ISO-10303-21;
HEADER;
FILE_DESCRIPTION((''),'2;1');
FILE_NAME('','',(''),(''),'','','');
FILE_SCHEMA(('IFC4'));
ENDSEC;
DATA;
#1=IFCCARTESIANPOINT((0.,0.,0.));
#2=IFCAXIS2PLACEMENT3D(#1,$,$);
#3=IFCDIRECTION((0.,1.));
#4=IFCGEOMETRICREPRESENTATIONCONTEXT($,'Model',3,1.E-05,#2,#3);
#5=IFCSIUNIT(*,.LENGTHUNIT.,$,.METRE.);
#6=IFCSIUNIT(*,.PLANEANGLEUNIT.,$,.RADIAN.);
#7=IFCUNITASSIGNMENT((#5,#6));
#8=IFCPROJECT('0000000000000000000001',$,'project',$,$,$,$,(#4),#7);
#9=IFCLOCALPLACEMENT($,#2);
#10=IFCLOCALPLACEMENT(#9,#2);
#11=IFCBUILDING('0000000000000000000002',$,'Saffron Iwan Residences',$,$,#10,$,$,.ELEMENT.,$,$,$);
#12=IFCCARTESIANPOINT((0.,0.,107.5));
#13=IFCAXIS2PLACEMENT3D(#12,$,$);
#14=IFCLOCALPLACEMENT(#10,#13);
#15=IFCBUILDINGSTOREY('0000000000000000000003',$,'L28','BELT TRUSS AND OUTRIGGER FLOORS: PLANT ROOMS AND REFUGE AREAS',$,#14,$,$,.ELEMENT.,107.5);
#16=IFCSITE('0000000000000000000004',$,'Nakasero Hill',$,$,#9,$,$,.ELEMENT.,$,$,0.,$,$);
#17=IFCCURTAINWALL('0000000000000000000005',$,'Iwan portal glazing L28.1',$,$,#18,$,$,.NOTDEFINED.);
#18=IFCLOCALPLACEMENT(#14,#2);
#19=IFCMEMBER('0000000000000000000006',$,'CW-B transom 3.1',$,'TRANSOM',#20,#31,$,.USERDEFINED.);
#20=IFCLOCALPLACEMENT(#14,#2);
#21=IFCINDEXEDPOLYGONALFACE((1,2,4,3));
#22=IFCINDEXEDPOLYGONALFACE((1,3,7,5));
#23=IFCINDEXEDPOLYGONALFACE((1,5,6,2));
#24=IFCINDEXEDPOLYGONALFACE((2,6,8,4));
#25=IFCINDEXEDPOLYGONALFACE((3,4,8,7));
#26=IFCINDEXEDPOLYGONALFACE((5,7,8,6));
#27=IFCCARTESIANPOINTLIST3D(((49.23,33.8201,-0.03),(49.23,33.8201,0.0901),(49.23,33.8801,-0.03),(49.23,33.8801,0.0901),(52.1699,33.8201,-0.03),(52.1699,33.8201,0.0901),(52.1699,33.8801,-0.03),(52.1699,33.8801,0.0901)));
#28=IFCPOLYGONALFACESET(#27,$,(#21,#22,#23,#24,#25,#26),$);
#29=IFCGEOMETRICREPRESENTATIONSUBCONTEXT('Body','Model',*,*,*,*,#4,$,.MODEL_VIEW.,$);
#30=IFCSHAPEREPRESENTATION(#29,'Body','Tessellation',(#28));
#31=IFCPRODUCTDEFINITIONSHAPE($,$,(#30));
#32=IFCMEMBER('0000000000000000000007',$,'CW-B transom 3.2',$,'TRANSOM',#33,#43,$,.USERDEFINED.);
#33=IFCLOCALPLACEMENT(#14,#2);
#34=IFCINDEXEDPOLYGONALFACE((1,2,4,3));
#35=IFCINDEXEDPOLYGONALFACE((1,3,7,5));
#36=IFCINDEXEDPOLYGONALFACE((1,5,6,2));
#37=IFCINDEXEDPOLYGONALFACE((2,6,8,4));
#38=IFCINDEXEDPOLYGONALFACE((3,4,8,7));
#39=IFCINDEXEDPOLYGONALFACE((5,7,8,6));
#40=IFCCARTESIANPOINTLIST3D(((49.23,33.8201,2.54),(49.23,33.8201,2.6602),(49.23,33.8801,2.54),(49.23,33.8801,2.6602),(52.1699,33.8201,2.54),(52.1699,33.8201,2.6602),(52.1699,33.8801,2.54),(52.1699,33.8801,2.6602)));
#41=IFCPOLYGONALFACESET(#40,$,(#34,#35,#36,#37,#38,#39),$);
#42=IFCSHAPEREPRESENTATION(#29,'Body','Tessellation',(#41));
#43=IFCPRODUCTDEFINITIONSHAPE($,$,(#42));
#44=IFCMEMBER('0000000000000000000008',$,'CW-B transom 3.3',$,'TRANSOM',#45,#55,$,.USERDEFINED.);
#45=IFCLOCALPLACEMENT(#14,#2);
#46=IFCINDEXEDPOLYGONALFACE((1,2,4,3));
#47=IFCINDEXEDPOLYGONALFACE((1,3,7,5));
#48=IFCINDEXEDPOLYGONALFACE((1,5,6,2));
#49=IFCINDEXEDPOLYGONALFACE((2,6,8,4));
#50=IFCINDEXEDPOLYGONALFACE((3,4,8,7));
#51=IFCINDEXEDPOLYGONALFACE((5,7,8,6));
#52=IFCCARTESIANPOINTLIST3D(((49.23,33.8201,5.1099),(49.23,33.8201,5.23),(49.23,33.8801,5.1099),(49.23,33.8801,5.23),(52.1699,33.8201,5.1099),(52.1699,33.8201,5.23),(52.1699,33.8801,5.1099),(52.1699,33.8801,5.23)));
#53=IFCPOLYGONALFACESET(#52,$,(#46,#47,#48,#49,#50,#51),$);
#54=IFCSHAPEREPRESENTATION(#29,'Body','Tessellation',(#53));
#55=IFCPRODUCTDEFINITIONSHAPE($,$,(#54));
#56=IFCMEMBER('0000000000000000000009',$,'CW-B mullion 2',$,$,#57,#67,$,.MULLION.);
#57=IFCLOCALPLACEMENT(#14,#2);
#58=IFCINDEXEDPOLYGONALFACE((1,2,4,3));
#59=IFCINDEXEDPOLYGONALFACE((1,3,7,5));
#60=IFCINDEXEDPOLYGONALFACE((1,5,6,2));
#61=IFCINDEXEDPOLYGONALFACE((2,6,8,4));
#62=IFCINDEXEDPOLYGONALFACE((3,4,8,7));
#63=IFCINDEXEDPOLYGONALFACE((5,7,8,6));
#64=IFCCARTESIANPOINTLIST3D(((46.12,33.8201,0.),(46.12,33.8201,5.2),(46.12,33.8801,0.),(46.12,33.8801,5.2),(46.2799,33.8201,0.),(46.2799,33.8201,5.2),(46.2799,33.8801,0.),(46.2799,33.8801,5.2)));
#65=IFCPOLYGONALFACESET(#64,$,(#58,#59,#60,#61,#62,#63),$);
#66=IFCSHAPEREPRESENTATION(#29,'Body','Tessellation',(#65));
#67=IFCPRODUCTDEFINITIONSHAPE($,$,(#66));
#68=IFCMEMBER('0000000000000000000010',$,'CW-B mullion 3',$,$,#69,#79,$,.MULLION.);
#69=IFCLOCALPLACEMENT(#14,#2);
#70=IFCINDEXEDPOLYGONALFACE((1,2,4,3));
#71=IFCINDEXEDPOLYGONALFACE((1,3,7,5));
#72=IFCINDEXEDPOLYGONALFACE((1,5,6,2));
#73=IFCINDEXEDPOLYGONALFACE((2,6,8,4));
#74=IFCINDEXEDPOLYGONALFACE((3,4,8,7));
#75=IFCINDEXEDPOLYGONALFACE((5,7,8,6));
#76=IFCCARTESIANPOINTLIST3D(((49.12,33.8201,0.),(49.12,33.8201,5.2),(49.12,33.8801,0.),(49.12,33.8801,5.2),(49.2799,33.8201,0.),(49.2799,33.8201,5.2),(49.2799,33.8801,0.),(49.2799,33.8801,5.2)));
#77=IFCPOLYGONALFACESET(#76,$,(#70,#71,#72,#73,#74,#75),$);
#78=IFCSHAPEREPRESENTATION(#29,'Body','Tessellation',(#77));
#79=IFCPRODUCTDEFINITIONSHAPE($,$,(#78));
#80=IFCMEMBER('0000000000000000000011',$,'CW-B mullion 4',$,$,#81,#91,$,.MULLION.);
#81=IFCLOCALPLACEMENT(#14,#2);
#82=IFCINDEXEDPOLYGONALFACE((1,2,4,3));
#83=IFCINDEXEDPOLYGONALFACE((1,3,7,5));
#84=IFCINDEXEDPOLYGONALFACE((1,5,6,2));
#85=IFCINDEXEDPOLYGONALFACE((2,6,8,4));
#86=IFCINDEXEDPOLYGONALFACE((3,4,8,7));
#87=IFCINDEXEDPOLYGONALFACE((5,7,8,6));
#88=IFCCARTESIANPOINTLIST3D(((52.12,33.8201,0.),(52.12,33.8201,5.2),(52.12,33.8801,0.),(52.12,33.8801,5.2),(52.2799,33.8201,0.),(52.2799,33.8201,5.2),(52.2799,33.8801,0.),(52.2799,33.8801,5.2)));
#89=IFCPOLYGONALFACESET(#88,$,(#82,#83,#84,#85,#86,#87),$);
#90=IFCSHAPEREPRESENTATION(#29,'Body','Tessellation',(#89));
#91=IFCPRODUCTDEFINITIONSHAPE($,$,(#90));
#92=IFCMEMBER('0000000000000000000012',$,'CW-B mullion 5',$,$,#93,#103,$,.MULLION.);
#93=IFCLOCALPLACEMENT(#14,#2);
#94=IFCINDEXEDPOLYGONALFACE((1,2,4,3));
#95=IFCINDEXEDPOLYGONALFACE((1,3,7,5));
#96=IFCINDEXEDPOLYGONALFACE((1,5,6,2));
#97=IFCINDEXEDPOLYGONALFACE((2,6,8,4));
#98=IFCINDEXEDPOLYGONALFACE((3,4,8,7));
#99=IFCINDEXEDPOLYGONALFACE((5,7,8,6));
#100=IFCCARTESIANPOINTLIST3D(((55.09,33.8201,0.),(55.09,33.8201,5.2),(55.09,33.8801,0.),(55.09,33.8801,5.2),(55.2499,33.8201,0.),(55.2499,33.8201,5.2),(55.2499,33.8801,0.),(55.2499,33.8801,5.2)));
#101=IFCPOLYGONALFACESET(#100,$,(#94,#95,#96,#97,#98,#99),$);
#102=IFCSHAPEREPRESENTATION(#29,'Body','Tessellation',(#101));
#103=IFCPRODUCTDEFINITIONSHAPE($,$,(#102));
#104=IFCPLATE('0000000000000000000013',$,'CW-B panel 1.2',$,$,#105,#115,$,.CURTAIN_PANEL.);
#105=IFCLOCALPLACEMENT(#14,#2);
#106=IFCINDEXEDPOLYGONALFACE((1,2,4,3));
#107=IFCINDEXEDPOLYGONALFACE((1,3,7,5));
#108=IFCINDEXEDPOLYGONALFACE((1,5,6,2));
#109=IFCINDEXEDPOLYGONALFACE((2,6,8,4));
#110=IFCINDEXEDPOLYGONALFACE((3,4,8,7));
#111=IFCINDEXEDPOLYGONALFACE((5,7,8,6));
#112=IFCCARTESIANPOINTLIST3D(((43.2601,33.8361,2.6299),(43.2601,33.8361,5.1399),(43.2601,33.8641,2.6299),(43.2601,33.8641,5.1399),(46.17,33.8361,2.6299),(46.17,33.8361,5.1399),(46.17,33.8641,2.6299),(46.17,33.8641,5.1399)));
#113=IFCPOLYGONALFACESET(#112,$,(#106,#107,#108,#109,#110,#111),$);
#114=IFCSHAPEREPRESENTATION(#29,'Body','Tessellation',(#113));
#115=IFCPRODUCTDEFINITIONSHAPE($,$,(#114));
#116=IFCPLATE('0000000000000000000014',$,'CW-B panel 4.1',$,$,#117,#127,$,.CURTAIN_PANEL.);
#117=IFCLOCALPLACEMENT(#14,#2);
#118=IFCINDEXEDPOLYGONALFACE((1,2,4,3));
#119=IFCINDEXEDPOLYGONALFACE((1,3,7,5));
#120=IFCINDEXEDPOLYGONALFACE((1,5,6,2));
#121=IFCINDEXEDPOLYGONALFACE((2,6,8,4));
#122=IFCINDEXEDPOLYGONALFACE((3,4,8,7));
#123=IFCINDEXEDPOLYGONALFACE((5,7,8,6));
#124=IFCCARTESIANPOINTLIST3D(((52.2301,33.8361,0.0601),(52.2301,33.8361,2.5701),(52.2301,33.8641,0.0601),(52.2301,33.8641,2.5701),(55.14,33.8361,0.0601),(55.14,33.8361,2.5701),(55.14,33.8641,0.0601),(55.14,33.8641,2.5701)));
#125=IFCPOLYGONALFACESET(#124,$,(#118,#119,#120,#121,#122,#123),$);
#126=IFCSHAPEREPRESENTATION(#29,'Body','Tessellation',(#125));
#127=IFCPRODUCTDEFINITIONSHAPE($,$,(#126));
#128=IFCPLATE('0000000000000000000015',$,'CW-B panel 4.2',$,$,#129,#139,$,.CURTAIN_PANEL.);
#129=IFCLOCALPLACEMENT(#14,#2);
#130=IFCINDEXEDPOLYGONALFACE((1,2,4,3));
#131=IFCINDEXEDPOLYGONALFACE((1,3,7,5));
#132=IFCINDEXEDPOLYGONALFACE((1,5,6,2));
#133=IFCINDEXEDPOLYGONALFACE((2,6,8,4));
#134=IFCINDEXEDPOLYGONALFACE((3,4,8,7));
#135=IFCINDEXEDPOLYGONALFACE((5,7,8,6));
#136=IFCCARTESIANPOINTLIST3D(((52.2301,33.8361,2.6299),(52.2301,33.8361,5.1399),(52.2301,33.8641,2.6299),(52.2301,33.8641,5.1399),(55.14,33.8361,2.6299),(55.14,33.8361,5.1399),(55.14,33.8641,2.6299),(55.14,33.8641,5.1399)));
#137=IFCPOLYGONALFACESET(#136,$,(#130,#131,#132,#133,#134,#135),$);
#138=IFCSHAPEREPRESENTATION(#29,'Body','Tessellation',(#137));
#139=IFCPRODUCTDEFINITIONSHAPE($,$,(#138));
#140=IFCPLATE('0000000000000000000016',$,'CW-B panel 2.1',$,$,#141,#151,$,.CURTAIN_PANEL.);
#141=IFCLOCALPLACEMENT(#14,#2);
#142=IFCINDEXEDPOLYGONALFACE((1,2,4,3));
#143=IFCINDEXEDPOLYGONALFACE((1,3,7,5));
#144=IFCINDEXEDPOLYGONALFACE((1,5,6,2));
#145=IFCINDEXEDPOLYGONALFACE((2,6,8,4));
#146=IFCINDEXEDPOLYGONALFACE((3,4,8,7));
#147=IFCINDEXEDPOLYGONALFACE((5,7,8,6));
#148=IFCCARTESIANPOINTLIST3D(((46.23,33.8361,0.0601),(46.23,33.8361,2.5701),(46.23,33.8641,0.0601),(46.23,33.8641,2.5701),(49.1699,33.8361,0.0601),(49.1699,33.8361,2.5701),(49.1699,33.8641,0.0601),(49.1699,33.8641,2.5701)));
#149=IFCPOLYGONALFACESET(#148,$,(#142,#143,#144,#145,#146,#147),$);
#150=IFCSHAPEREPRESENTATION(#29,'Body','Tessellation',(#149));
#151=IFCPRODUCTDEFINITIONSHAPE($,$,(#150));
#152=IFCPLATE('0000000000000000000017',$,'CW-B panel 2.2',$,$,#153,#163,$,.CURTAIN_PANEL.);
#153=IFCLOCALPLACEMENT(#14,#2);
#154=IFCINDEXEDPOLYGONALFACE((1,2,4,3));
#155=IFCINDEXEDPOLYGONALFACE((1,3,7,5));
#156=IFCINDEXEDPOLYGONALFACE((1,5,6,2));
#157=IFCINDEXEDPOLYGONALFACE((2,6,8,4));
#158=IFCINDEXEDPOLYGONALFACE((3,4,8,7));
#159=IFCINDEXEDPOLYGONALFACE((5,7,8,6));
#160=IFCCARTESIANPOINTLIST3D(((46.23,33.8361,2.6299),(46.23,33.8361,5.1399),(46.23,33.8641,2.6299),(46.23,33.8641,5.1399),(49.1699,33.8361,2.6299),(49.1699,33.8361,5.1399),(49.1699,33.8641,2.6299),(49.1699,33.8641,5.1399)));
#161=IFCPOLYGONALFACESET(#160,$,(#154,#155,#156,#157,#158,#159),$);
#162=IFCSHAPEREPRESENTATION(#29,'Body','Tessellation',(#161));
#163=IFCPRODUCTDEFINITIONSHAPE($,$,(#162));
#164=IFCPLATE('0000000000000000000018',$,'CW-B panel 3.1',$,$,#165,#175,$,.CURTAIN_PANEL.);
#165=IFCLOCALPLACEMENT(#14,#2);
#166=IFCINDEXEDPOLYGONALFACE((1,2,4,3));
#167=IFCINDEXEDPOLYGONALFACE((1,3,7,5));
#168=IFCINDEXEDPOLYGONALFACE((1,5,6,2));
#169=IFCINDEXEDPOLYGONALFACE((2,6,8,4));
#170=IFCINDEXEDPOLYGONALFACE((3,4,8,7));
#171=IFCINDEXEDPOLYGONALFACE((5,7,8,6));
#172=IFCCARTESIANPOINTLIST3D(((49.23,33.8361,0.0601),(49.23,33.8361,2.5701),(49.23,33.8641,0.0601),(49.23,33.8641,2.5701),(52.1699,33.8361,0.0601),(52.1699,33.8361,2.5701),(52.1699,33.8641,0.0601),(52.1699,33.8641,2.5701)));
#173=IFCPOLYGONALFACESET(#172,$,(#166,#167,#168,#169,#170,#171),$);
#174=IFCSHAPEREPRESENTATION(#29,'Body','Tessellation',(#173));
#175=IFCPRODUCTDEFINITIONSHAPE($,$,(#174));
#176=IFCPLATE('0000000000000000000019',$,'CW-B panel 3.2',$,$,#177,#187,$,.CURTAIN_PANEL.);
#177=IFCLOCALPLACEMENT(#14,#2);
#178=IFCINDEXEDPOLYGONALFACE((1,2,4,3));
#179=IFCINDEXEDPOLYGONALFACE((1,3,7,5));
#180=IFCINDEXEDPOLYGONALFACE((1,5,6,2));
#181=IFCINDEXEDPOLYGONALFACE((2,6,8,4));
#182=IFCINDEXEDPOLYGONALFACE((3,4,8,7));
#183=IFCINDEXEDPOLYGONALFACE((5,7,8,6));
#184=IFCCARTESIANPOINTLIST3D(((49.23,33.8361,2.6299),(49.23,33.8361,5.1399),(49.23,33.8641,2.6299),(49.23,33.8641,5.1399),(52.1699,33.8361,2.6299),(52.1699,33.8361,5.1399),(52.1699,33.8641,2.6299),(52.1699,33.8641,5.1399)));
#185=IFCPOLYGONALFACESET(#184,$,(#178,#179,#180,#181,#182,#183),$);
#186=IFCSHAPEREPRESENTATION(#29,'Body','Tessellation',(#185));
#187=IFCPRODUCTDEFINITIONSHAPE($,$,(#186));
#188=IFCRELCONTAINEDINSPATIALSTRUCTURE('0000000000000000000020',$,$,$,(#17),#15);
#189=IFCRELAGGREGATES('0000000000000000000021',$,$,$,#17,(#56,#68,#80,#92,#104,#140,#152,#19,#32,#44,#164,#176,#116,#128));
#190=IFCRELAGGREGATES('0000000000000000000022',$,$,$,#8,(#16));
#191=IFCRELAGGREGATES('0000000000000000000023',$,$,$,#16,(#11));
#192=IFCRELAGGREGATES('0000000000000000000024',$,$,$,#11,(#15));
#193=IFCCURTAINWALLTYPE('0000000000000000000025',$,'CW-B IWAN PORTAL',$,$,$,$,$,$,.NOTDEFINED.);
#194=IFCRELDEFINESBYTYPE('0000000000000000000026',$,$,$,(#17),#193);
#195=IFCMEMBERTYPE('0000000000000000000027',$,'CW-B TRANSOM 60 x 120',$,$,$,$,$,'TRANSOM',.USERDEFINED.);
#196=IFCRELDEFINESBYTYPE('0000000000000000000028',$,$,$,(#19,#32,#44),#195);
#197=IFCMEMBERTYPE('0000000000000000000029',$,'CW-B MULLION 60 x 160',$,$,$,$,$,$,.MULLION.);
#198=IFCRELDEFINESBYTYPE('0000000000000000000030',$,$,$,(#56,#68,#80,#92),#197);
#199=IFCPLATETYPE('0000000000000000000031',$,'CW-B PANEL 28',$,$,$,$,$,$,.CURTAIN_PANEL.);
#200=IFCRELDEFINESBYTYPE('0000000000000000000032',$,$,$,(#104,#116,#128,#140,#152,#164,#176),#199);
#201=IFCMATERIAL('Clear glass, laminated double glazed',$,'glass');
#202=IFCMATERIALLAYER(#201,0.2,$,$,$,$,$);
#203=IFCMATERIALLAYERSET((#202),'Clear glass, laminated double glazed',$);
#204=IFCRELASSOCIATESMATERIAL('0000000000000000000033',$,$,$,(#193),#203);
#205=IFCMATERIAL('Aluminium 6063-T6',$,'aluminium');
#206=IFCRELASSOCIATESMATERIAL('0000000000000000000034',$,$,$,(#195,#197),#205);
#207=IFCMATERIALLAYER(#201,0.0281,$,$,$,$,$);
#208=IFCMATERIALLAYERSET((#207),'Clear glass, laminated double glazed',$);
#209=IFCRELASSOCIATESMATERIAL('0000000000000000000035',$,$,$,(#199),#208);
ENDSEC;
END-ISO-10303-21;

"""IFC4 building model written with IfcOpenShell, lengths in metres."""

from ifc_helpers import new_model, si_unit, direction, frame, origin, origin_2d, place, context, subcontext, project, spatial, rectangle, extrude, source, transform, mapped, material, layer, layer_set, material_profile, profile_set, type_object, element, aggregate, save


model = new_model("IFC4")

# Units and contexts
model_context = context("Model", 3, precision=1e-05, world=origin(), true_north=direction((0.0, 1.0)))
body_context = subcontext(model_context, "Body", "Model", "MODEL_VIEW")
ifc_project = project(units=[si_unit("LENGTHUNIT", "METRE"), si_unit("PLANEANGLEUNIT", "RADIAN")], contexts=[model_context])

# Site, building, storey
site_placement = place(None, origin())
site = spatial("IfcSite", under=ifc_project, at=site_placement, Name="Nakasero Hill", CompositionType="ELEMENT", RefElevation=0.0)
building_placement = place(site_placement, origin())
building = spatial("IfcBuilding", under=site, at=building_placement, Name="Saffron Iwan Residences", CompositionType="ELEMENT")
storey_placement = place(building_placement, frame((0.0, 0.0, 107.5)))
storey = spatial("IfcBuildingStorey", under=building, at=storey_placement, Name="L28", Description="BELT TRUSS AND OUTRIGGER FLOORS: PLANT ROOMS AND REFUGE AREAS", CompositionType="ELEMENT", Elevation=107.5)

# Curtain wall, members, plates
ifc_material_1 = material(Name="Clear glass, laminated double glazed", Category="glass")
ifc_layer_1 = layer(ifc_material_1, 0.2)
ifc_layer_set_1 = layer_set([ifc_layer_1], Name="Clear glass, laminated double glazed")
curtain_wall_type = type_object("IfcCurtainWallType", Name="CW-B IWAN PORTAL", PredefinedType="NOTDEFINED", material=ifc_layer_set_1)
curtain_wall_placement = place(storey_placement, origin())
curtain_wall = element("IfcCurtainWall", 1, at=curtain_wall_placement, inside=storey, type_object=curtain_wall_type, Name="Iwan portal glazing L28.1", PredefinedType="NOTDEFINED")
ifc_material_2 = material(Name="Aluminium 6063-T6", Category="aluminium")
ifc_material_profile_1 = material_profile(ifc_material_2, rectangle(XDim=0.0601, YDim=0.1201, at=origin_2d()), Name="CW-B TRANSOM 60 x 120")
ifc_profile_set_1 = profile_set([ifc_material_profile_1], Name="Aluminium 6063-T6")
member_type_1 = type_object("IfcMemberType", Name="CW-B TRANSOM 60 x 120", ElementType="TRANSOM", PredefinedType="USERDEFINED", material=ifc_profile_set_1)
shared_shape_1 = source(origin(), body_context, "Body", "SweptSolid", [
    extrude(rectangle(XDim=0.0601, YDim=0.1201, at=origin_2d()), origin(), (0.0, 0.0, 1.0), 2.9399),
])
member_1_placement = place(storey_placement, frame((49.23, 33.8501, 0.03), z_axis=(1.0, 0.0, 0.0), x_axis=(0.0, 1.0, 0.0)))
member_1 = element("IfcMember", 2, at=member_1_placement, type_object=member_type_1, Name="CW-B transom 3.1", ObjectType="TRANSOM", PredefinedType="USERDEFINED", context=body_context, shape_type="MappedRepresentation", body=[
    mapped(shared_shape_1, transform((0.0, 0.0, 0.0))),
])
member_2_placement = place(storey_placement, frame((49.23, 33.8501, 2.6001), z_axis=(1.0, 0.0, 0.0), x_axis=(0.0, 1.0, 0.0)))
member_2 = element("IfcMember", 3, at=member_2_placement, type_object=member_type_1, Name="CW-B transom 3.2", ObjectType="TRANSOM", PredefinedType="USERDEFINED", context=body_context, shape_type="MappedRepresentation", body=[
    mapped(shared_shape_1, transform((0.0, 0.0, 0.0))),
])
member_3_placement = place(storey_placement, frame((49.23, 33.8501, 5.1699), z_axis=(1.0, 0.0, 0.0), x_axis=(0.0, 1.0, 0.0)))
member_3 = element("IfcMember", 4, at=member_3_placement, type_object=member_type_1, Name="CW-B transom 3.3", ObjectType="TRANSOM", PredefinedType="USERDEFINED", context=body_context, shape_type="MappedRepresentation", body=[
    mapped(shared_shape_1, transform((0.0, 0.0, 0.0))),
])
ifc_material_profile_2 = material_profile(ifc_material_2, rectangle(XDim=0.0601, YDim=0.1599, at=origin_2d()), Name="CW-B MULLION 60 x 160")
ifc_profile_set_2 = profile_set([ifc_material_profile_2], Name="Aluminium 6063-T6")
member_type_2 = type_object("IfcMemberType", Name="CW-B MULLION 60 x 160", PredefinedType="MULLION", material=ifc_profile_set_2)
shared_shape_2 = source(origin(), body_context, "Body", "SweptSolid", [
    extrude(rectangle(XDim=0.0601, YDim=0.1599, at=origin_2d()), origin(), (0.0, 0.0, 1.0), 5.2),
])
member_4_placement = place(storey_placement, frame((46.2, 33.8501, 0.0), z_axis=(0.0, 0.0, 1.0), x_axis=(0.0, 1.0, 0.0)))
member_4 = element("IfcMember", 5, at=member_4_placement, type_object=member_type_2, Name="CW-B mullion 2", PredefinedType="MULLION", context=body_context, shape_type="MappedRepresentation", body=[
    mapped(shared_shape_2, transform((0.0, 0.0, 0.0))),
])
member_5_placement = place(storey_placement, frame((49.2, 33.8501, 0.0), z_axis=(0.0, 0.0, 1.0), x_axis=(0.0, 1.0, 0.0)))
member_5 = element("IfcMember", 6, at=member_5_placement, type_object=member_type_2, Name="CW-B mullion 3", PredefinedType="MULLION", context=body_context, shape_type="MappedRepresentation", body=[
    mapped(shared_shape_2, transform((0.0, 0.0, 0.0))),
])
member_6_placement = place(storey_placement, frame((52.2, 33.8501, 0.0), z_axis=(0.0, 0.0, 1.0), x_axis=(0.0, 1.0, 0.0)))
member_6 = element("IfcMember", 7, at=member_6_placement, type_object=member_type_2, Name="CW-B mullion 4", PredefinedType="MULLION", context=body_context, shape_type="MappedRepresentation", body=[
    mapped(shared_shape_2, transform((0.0, 0.0, 0.0))),
])
member_7_placement = place(storey_placement, frame((55.1699, 33.8501, 0.0), z_axis=(0.0, 0.0, 1.0), x_axis=(0.0, 1.0, 0.0)))
member_7 = element("IfcMember", 8, at=member_7_placement, type_object=member_type_2, Name="CW-B mullion 5", PredefinedType="MULLION", context=body_context, shape_type="MappedRepresentation", body=[
    mapped(shared_shape_2, transform((0.0, 0.0, 0.0))),
])
ifc_layer_2 = layer(ifc_material_1, 0.0281)
ifc_layer_set_2 = layer_set([ifc_layer_2], Name="Clear glass, laminated double glazed")
plate_type = type_object("IfcPlateType", Name="CW-B PANEL 28", PredefinedType="CURTAIN_PANEL", material=ifc_layer_set_2)
shared_shape_3 = source(origin(), body_context, "Body", "SweptSolid", [
    extrude(rectangle(XDim=2.9099, YDim=0.0281, at=origin_2d()), origin(), (0.0, 0.0, 1.0), 2.51),
])
plate_1_placement = place(storey_placement, frame((44.7151, 33.8501, 2.6299), z_axis=(0.0, 0.0, 1.0), x_axis=(1.0, 0.0, 0.0)))
plate_1 = element("IfcPlate", 9, at=plate_1_placement, type_object=plate_type, Name="CW-B panel 1.2", PredefinedType="CURTAIN_PANEL", context=body_context, shape_type="MappedRepresentation", body=[
    mapped(shared_shape_3, transform((0.0, 0.0, 0.0))),
])
plate_2_placement = place(storey_placement, frame((53.6851, 33.8501, 0.0601), z_axis=(0.0, 0.0, 1.0), x_axis=(1.0, 0.0, 0.0)))
plate_2 = element("IfcPlate", 10, at=plate_2_placement, type_object=plate_type, Name="CW-B panel 4.1", PredefinedType="CURTAIN_PANEL", context=body_context, shape_type="MappedRepresentation", body=[
    mapped(shared_shape_3, transform((0.0, 0.0, 0.0))),
])
plate_3_placement = place(storey_placement, frame((53.6851, 33.8501, 2.6299), z_axis=(0.0, 0.0, 1.0), x_axis=(1.0, 0.0, 0.0)))
plate_3 = element("IfcPlate", 11, at=plate_3_placement, type_object=plate_type, Name="CW-B panel 4.2", PredefinedType="CURTAIN_PANEL", context=body_context, shape_type="MappedRepresentation", body=[
    mapped(shared_shape_3, transform((0.0, 0.0, 0.0))),
])
shared_shape_4 = source(origin(), body_context, "Body", "SweptSolid", [
    extrude(rectangle(XDim=2.9399, YDim=0.0281, at=origin_2d()), origin(), (0.0, 0.0, 1.0), 2.51),
])
plate_4_placement = place(storey_placement, frame((47.7, 33.8501, 0.0601), z_axis=(0.0, 0.0, 1.0), x_axis=(1.0, 0.0, 0.0)))
plate_4 = element("IfcPlate", 12, at=plate_4_placement, type_object=plate_type, Name="CW-B panel 2.1", PredefinedType="CURTAIN_PANEL", context=body_context, shape_type="MappedRepresentation", body=[
    mapped(shared_shape_4, transform((0.0, 0.0, 0.0))),
])
plate_5_placement = place(storey_placement, frame((47.7, 33.8501, 2.6299), z_axis=(0.0, 0.0, 1.0), x_axis=(1.0, 0.0, 0.0)))
plate_5 = element("IfcPlate", 13, at=plate_5_placement, type_object=plate_type, Name="CW-B panel 2.2", PredefinedType="CURTAIN_PANEL", context=body_context, shape_type="MappedRepresentation", body=[
    mapped(shared_shape_4, transform((0.0, 0.0, 0.0))),
])
plate_6_placement = place(storey_placement, frame((50.7, 33.8501, 0.0601), z_axis=(0.0, 0.0, 1.0), x_axis=(1.0, 0.0, 0.0)))
plate_6 = element("IfcPlate", 14, at=plate_6_placement, type_object=plate_type, Name="CW-B panel 3.1", PredefinedType="CURTAIN_PANEL", context=body_context, shape_type="MappedRepresentation", body=[
    mapped(shared_shape_4, transform((0.0, 0.0, 0.0))),
])
plate_7_placement = place(storey_placement, frame((50.7, 33.8501, 2.6299), z_axis=(0.0, 0.0, 1.0), x_axis=(1.0, 0.0, 0.0)))
plate_7 = element("IfcPlate", 15, at=plate_7_placement, type_object=plate_type, Name="CW-B panel 3.2", PredefinedType="CURTAIN_PANEL", context=body_context, shape_type="MappedRepresentation", body=[
    mapped(shared_shape_4, transform((0.0, 0.0, 0.0))),
])
aggregate(curtain_wall, [member_4, member_5, member_6, member_7, plate_1, plate_4, plate_5, member_1, member_2, member_3, plate_6, plate_7, plate_2, plate_3])

save(model, "model.ifc")
